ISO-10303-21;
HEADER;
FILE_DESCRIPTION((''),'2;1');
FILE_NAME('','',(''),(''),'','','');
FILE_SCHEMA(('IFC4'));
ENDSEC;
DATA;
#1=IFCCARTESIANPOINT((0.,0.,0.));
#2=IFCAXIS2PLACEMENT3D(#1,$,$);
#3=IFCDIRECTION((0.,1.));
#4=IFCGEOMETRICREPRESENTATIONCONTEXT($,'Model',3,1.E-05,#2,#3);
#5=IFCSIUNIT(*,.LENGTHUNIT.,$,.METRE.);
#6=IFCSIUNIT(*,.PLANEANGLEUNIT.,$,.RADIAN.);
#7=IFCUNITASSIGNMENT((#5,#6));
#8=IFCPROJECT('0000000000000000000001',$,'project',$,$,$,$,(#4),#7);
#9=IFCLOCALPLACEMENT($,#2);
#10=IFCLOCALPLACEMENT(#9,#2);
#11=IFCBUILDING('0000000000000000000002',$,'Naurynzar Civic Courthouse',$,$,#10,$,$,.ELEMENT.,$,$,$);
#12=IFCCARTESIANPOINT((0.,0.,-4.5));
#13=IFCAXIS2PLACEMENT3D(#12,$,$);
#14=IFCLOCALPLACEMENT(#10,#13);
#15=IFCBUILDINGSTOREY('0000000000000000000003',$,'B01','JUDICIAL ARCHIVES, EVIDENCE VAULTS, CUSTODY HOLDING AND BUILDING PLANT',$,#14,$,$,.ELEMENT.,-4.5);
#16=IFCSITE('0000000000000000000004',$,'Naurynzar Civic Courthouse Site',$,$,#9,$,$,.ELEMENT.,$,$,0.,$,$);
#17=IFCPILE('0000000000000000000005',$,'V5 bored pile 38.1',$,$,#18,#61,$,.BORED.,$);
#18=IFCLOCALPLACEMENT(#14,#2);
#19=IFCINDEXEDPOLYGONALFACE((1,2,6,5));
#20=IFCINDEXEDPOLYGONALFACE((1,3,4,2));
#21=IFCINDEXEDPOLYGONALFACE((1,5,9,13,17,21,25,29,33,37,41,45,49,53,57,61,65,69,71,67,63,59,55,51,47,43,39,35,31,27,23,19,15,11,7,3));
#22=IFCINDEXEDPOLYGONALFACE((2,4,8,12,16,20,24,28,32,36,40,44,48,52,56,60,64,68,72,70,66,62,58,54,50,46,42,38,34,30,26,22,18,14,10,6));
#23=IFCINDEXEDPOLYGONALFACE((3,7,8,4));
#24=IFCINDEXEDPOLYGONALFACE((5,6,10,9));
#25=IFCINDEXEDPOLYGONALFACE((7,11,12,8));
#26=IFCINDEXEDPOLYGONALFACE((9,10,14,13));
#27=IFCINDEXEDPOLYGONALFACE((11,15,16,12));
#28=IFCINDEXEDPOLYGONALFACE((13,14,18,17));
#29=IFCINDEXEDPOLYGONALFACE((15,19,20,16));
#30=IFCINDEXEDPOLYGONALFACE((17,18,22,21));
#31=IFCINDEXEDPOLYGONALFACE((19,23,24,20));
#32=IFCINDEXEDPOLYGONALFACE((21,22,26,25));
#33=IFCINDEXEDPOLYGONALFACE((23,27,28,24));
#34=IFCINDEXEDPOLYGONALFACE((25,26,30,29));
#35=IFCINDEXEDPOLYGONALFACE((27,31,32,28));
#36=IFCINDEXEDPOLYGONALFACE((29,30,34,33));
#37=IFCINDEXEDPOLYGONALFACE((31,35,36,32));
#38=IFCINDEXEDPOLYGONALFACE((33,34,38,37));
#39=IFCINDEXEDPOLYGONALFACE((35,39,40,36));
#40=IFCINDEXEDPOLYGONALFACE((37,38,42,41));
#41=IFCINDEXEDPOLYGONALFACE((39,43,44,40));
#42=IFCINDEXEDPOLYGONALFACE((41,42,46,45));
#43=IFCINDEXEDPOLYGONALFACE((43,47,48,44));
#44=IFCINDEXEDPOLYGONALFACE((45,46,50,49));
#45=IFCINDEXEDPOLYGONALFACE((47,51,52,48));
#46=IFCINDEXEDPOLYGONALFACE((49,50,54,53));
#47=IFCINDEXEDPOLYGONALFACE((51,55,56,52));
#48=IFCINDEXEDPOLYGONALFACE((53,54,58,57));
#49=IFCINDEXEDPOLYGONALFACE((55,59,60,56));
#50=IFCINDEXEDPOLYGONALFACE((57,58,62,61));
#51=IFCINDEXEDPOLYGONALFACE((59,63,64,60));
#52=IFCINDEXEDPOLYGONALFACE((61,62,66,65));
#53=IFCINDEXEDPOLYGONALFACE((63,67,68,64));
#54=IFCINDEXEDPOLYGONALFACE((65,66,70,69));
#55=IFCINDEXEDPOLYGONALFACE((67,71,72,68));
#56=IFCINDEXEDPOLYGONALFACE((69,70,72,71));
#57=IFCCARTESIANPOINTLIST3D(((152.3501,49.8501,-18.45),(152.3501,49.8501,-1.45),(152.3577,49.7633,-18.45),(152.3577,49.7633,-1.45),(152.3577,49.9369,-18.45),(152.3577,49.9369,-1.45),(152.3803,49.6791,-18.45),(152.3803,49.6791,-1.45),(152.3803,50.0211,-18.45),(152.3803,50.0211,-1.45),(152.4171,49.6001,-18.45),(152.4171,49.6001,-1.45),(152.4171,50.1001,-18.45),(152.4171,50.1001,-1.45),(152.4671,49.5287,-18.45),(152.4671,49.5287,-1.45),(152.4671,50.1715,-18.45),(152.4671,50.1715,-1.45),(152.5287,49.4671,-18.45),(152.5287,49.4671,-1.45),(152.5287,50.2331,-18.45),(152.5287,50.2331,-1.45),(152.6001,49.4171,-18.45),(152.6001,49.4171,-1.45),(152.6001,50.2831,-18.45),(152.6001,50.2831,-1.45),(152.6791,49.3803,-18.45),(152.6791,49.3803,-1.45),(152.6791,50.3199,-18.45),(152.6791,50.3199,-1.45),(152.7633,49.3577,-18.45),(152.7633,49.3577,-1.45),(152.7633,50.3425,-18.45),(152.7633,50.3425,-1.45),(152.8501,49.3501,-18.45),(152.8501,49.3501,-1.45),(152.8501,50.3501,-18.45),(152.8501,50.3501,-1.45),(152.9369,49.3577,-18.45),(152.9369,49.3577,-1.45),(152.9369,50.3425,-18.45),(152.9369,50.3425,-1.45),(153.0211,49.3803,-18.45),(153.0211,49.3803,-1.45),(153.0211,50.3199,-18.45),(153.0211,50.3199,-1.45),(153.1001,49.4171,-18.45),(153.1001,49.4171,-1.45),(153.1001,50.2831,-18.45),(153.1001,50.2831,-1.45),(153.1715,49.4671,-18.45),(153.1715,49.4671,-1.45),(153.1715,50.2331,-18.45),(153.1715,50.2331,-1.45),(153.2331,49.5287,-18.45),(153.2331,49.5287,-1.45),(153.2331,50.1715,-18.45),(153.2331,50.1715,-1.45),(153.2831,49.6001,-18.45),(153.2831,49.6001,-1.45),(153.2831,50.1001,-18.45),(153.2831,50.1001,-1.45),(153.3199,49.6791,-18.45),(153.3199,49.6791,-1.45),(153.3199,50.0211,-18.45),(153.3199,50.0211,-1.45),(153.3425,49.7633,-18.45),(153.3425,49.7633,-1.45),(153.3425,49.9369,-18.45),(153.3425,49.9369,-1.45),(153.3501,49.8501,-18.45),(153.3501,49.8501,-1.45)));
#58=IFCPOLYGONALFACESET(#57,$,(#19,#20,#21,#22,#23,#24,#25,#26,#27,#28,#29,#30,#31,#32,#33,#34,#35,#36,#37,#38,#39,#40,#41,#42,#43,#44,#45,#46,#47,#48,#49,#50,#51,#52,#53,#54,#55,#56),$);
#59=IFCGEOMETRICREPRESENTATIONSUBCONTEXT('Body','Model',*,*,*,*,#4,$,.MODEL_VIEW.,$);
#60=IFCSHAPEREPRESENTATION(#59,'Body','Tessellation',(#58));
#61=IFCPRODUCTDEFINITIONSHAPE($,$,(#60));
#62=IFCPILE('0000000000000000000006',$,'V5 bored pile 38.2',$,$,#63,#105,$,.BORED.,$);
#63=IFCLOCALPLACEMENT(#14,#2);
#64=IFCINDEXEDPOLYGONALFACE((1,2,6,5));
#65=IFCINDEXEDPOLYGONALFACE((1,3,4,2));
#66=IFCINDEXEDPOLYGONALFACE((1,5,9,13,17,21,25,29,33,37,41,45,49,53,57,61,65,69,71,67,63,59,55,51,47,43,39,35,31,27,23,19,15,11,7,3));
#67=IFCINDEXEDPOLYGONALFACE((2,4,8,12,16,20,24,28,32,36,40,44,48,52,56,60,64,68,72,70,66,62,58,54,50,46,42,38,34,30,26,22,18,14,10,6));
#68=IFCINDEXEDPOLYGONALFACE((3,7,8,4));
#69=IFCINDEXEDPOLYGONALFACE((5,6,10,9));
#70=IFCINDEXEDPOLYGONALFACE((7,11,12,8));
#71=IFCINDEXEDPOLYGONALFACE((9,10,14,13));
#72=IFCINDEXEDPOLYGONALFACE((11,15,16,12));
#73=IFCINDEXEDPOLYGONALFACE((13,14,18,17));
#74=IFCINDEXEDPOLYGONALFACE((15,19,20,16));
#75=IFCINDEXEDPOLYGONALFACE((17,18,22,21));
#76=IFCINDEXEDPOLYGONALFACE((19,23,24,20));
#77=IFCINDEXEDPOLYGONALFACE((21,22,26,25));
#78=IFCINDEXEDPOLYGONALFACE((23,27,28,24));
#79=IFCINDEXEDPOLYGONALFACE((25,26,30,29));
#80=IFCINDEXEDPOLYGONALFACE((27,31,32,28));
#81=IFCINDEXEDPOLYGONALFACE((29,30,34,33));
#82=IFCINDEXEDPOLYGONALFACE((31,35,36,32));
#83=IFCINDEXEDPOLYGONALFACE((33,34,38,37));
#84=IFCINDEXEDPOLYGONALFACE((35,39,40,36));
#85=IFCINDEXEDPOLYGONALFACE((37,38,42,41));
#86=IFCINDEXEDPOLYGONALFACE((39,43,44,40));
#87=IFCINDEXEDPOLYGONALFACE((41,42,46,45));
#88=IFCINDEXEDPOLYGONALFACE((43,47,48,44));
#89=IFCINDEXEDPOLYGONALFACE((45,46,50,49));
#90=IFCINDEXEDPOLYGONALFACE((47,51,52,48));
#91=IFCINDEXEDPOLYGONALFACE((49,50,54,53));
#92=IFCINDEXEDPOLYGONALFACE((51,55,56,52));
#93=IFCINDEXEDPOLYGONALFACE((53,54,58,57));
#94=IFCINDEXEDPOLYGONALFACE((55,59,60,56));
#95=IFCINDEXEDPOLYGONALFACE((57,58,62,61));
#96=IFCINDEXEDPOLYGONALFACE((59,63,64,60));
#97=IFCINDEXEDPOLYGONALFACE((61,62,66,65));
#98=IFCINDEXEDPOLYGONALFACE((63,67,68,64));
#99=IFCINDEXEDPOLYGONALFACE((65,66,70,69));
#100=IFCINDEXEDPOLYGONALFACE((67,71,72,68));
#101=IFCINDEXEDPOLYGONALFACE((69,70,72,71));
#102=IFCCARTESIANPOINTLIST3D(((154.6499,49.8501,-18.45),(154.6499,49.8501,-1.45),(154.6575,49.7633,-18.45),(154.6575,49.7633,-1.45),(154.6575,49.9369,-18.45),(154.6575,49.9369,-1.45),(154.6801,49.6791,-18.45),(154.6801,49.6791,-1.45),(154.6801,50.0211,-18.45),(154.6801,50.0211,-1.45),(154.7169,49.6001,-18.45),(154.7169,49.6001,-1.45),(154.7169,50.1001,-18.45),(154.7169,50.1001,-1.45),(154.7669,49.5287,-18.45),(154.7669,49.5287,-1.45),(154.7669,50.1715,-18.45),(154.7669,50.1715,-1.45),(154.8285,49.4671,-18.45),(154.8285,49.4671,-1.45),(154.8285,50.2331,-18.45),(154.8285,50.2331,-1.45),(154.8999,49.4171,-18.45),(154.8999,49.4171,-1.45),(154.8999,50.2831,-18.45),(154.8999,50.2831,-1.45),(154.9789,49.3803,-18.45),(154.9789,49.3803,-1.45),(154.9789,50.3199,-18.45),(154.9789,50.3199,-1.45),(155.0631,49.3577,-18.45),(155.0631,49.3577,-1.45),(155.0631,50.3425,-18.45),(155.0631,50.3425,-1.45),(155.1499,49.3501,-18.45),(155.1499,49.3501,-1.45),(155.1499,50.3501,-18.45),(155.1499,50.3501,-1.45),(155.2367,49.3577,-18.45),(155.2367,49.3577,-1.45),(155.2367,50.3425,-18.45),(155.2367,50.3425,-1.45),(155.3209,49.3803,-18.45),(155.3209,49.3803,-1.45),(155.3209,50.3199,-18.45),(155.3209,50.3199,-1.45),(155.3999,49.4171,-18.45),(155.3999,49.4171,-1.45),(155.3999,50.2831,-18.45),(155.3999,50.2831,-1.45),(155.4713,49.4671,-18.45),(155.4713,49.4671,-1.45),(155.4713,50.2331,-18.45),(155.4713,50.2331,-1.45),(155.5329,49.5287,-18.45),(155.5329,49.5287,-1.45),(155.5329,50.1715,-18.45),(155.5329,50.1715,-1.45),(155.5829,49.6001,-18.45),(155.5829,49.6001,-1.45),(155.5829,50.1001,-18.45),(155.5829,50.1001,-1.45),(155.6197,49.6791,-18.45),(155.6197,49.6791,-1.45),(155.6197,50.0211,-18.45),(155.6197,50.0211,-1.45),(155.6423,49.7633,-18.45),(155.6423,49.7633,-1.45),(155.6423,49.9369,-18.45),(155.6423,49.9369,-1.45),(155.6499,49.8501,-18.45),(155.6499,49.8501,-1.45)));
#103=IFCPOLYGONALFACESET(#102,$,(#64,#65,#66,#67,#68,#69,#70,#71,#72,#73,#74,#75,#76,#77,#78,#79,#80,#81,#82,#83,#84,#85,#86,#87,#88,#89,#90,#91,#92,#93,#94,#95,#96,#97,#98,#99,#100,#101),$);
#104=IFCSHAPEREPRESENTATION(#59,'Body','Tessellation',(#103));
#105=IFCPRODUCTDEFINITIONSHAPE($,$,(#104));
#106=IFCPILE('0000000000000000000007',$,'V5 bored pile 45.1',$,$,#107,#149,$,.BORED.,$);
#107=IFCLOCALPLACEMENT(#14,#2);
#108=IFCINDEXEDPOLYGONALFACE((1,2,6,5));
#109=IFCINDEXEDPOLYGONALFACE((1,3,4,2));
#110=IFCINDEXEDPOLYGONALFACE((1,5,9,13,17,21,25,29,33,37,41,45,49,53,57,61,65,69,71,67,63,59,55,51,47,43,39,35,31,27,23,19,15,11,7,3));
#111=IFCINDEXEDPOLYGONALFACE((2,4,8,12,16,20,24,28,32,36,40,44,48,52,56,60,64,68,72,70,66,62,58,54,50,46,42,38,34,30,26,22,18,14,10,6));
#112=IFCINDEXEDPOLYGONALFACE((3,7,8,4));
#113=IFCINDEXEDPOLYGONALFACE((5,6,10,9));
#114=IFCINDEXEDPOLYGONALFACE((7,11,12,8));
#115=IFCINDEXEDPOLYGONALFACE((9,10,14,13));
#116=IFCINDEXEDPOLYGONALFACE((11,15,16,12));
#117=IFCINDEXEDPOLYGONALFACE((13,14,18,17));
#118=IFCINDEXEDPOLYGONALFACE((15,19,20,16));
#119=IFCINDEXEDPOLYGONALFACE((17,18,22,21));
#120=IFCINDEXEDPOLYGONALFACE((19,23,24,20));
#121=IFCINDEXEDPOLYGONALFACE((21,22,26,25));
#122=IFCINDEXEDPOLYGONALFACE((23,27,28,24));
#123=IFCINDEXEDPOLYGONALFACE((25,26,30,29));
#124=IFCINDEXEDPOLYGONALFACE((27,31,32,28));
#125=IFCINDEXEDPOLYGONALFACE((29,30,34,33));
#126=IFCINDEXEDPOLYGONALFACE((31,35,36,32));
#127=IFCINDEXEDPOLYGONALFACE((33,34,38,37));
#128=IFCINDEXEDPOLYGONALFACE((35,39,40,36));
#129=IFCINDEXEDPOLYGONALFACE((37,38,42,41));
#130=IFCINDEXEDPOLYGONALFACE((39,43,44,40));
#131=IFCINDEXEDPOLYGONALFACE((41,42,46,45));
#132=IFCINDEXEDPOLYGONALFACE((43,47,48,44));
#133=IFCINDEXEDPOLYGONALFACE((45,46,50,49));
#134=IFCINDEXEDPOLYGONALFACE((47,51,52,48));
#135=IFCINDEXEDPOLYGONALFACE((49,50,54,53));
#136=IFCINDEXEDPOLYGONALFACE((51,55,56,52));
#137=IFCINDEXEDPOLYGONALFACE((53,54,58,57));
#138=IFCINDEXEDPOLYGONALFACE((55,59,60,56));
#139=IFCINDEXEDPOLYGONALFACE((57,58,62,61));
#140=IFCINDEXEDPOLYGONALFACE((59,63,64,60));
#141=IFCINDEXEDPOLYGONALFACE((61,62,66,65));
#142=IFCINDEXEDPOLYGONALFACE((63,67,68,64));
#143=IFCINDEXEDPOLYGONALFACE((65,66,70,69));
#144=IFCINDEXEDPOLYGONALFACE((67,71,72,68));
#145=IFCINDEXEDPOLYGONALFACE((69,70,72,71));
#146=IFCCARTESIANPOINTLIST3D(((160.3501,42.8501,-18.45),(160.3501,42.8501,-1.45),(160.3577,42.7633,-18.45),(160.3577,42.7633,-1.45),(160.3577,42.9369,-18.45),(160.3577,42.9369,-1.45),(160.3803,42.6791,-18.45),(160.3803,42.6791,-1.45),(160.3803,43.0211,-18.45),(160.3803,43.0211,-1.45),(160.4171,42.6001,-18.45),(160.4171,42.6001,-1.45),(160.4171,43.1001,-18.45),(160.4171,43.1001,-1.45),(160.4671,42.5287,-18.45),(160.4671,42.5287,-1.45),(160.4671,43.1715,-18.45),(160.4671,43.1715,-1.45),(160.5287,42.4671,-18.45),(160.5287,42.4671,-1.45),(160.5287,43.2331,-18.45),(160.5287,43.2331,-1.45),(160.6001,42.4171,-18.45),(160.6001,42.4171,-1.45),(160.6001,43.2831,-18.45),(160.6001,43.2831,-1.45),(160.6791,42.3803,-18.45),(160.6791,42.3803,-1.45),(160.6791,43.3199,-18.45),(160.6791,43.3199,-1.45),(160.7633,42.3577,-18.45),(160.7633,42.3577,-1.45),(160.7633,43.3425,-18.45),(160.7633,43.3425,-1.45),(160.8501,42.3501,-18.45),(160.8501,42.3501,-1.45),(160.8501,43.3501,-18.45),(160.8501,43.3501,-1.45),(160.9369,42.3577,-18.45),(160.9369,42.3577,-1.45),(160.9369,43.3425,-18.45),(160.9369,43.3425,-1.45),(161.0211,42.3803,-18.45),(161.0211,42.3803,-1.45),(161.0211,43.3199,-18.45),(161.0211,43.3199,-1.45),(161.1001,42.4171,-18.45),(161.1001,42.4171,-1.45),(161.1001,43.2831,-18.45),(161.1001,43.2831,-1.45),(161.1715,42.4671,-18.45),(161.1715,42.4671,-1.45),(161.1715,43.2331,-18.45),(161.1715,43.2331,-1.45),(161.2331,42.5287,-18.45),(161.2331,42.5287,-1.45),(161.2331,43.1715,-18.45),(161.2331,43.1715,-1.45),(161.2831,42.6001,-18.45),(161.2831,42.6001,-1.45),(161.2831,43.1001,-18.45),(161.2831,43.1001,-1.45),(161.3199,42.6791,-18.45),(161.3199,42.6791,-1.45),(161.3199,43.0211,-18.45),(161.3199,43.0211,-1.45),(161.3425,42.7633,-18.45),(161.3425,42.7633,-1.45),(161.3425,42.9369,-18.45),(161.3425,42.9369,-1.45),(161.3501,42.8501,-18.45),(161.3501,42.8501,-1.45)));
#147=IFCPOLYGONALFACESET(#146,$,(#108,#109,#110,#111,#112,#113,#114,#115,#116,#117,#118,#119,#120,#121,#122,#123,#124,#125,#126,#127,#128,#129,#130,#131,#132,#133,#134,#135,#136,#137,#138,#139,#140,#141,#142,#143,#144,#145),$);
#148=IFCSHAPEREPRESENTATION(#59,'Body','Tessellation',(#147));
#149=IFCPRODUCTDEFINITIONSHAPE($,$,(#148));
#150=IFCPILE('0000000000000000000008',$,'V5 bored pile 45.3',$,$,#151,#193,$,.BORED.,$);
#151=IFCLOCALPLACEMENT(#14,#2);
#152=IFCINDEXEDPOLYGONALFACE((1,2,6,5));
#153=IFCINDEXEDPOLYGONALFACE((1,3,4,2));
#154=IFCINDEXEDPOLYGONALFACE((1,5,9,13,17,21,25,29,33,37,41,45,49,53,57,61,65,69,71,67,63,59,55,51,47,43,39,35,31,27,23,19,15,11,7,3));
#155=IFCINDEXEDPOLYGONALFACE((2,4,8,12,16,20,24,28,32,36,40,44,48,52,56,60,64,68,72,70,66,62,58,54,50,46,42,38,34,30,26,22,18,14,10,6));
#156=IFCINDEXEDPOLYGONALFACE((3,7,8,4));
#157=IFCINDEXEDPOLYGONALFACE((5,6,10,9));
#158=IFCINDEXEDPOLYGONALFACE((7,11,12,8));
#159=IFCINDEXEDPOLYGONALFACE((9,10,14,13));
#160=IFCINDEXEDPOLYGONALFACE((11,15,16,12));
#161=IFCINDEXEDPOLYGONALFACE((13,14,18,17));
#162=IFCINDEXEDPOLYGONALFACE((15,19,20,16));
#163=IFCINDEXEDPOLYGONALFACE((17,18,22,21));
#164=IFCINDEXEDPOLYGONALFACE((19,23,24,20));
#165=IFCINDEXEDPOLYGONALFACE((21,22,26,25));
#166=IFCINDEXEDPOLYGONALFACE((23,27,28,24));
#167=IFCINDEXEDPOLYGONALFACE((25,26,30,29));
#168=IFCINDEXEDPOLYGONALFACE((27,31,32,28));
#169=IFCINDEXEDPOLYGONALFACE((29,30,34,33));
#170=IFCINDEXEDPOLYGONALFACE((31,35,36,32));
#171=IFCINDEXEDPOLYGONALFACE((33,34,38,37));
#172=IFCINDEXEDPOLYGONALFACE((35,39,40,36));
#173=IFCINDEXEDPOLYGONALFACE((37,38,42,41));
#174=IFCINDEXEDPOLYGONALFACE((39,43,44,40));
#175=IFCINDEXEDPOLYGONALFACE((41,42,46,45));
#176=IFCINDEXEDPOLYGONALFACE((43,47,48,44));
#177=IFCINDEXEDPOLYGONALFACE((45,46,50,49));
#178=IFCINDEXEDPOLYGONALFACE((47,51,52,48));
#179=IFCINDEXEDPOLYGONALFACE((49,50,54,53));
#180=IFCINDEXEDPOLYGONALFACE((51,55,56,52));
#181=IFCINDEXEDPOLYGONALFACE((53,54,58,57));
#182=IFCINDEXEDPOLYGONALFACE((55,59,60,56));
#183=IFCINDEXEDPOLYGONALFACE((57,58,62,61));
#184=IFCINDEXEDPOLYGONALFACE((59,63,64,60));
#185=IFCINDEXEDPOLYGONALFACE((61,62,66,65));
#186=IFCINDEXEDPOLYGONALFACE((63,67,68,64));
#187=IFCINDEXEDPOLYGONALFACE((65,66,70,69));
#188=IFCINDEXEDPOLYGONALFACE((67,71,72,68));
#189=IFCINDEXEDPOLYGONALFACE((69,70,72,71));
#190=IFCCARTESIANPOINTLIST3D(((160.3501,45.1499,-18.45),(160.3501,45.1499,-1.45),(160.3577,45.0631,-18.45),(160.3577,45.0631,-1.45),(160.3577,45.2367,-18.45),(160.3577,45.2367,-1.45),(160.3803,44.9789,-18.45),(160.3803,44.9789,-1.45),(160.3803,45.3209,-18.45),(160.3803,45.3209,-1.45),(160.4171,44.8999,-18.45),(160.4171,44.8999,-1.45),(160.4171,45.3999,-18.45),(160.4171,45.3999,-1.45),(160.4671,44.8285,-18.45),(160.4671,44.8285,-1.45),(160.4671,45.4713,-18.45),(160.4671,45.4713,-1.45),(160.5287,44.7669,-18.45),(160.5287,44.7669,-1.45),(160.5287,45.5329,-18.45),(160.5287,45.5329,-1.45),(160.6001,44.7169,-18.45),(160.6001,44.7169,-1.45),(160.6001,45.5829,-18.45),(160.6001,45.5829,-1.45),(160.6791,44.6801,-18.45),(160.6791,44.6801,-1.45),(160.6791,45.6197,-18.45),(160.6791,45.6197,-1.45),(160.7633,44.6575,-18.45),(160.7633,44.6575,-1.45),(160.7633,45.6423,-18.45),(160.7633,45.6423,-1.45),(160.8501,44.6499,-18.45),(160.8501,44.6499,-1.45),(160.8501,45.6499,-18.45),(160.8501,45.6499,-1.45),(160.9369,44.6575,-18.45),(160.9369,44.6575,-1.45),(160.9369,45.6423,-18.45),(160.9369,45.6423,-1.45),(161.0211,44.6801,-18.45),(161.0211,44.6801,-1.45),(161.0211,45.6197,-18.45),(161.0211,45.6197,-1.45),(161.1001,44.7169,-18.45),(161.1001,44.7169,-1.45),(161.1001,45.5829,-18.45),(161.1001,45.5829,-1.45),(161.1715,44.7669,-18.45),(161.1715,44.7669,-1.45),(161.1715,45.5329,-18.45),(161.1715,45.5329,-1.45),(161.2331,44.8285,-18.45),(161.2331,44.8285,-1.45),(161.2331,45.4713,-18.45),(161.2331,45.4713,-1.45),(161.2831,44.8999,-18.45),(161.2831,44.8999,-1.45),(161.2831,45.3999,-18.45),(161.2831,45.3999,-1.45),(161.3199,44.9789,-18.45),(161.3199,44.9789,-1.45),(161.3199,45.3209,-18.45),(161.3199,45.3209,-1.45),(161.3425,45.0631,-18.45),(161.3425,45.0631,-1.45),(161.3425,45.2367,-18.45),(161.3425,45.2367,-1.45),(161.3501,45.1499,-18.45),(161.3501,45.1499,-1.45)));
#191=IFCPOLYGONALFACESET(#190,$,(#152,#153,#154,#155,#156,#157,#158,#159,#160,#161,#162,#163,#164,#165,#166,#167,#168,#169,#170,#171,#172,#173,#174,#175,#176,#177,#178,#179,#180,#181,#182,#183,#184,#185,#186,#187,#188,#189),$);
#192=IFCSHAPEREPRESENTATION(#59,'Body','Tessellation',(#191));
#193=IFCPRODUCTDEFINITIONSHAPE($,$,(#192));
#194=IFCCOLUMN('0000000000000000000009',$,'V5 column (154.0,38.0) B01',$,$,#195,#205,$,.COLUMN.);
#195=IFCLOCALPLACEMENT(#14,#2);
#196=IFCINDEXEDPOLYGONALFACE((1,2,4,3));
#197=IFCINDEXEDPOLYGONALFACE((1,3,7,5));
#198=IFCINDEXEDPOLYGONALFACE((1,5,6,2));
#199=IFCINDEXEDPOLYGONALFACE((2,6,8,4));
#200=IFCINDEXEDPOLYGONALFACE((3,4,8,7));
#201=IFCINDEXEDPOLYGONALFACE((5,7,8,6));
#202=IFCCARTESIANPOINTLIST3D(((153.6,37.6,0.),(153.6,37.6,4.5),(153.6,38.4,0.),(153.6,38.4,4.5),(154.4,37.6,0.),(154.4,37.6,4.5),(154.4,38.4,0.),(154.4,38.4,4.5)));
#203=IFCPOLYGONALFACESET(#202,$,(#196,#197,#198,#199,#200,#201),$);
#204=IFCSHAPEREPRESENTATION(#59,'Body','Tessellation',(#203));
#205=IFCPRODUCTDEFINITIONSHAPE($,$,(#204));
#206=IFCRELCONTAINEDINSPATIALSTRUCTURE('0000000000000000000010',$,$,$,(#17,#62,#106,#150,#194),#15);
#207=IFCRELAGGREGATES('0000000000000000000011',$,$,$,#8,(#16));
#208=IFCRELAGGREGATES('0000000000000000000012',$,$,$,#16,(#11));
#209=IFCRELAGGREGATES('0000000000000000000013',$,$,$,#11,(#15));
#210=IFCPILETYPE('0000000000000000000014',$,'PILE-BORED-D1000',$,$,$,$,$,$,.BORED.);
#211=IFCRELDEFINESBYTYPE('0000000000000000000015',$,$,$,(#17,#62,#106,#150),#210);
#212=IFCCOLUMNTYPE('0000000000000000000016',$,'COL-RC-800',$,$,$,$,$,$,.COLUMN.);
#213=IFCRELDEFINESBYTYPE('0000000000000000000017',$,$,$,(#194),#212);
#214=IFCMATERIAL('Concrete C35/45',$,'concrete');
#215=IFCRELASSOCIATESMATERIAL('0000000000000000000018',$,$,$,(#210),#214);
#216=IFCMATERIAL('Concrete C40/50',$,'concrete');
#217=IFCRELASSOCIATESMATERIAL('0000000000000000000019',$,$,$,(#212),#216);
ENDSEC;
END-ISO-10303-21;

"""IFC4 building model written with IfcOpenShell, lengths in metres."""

from ifc_helpers import new_model, si_unit, direction, frame, origin, origin_2d, place, context, subcontext, project, spatial, rectangle, circle, extrude, material, material_profile, profile_set, type_object, element, save


model = new_model("IFC4")

# Units and contexts
model_context = context("Model", 3, precision=1e-05, world=origin(), true_north=direction((0.0, 1.0)))
body_context = subcontext(model_context, "Body", "Model", "MODEL_VIEW")
ifc_project = project(units=[si_unit("LENGTHUNIT", "METRE"), si_unit("PLANEANGLEUNIT", "RADIAN")], contexts=[model_context])

# Site, building, storey
site_placement = place(None, origin())
site = spatial("IfcSite", under=ifc_project, at=site_placement, Name="Naurynzar Civic Courthouse Site", CompositionType="ELEMENT", RefElevation=0.0)
building_placement = place(site_placement, origin())
building = spatial("IfcBuilding", under=site, at=building_placement, Name="Naurynzar Civic Courthouse", CompositionType="ELEMENT")
storey_placement = place(building_placement, frame((0.0, 0.0, -4.5)))
storey = spatial("IfcBuildingStorey", under=building, at=storey_placement, Name="B01", Description="JUDICIAL ARCHIVES, EVIDENCE VAULTS, CUSTODY HOLDING AND BUILDING PLANT", CompositionType="ELEMENT", Elevation=-4.5)

# Piles
ifc_material_1 = material(Name="Concrete C35/45", Category="concrete")
ifc_material_profile_1 = material_profile(ifc_material_1, circle(Radius=0.5, at=origin_2d()), Name="PILE D1000")
ifc_profile_set_1 = profile_set([ifc_material_profile_1], Name="Concrete C35/45")
pile_type = type_object("IfcPileType", Name="PILE-BORED-D1000", PredefinedType="BORED", material=ifc_profile_set_1)
for number, where, z_axis, x_axis, name in (
    (1, (152.8501, 49.8501, -1.45), (0.0, 0.0, -1.0), (1.0, 0.0, 0.0), "V5 bored pile 38.1"),
    (2, (155.1499, 49.8501, -1.45), (0.0, 0.0, -1.0), (1.0, 0.0, 0.0), "V5 bored pile 38.2"),
    (3, (160.8501, 42.8501, -1.45), (0.0, 0.0, -1.0), (1.0, 0.0, 0.0), "V5 bored pile 45.1"),
    (4, (160.8501, 45.1499, -1.45), (0.0, 0.0, -1.0), (1.0, 0.0, 0.0), "V5 bored pile 45.3"),
):
    element("IfcPile", number, at=place(storey_placement, frame(where, z_axis=z_axis, x_axis=x_axis)), inside=storey, type_object=pile_type, Name=name, PredefinedType="BORED", context=body_context, shape_type="SweptSolid", body=[
        extrude(circle(Radius=0.5, at=origin_2d()), origin(), (0.0, 0.0, 1.0), 17.0),
    ])

# Column
ifc_material_2 = material(Name="Concrete C40/50", Category="concrete")
ifc_material_profile_2 = material_profile(ifc_material_2, rectangle(XDim=0.8, YDim=0.8, at=origin_2d()), Name="RC 800x800")
ifc_profile_set_2 = profile_set([ifc_material_profile_2], Name="Concrete C40/50")
column_type = type_object("IfcColumnType", Name="COL-RC-800", PredefinedType="COLUMN", material=ifc_profile_set_2)
for number, where, z_axis, x_axis, name in (
    (5, (154.0, 38.0, 0.0), (0.0, 0.0, 1.0), (1.0, 0.0, 0.0), "V5 column (154.0,38.0) B01"),
):
    element("IfcColumn", number, at=place(storey_placement, frame(where, z_axis=z_axis, x_axis=x_axis)), inside=storey, type_object=column_type, Name=name, PredefinedType="COLUMN", context=body_context, shape_type="SweptSolid", body=[
        extrude(rectangle(XDim=0.8, YDim=0.8, at=origin_2d()), origin(), (0.0, 0.0, 1.0), 4.5),
    ])

save(model, "model.ifc")
